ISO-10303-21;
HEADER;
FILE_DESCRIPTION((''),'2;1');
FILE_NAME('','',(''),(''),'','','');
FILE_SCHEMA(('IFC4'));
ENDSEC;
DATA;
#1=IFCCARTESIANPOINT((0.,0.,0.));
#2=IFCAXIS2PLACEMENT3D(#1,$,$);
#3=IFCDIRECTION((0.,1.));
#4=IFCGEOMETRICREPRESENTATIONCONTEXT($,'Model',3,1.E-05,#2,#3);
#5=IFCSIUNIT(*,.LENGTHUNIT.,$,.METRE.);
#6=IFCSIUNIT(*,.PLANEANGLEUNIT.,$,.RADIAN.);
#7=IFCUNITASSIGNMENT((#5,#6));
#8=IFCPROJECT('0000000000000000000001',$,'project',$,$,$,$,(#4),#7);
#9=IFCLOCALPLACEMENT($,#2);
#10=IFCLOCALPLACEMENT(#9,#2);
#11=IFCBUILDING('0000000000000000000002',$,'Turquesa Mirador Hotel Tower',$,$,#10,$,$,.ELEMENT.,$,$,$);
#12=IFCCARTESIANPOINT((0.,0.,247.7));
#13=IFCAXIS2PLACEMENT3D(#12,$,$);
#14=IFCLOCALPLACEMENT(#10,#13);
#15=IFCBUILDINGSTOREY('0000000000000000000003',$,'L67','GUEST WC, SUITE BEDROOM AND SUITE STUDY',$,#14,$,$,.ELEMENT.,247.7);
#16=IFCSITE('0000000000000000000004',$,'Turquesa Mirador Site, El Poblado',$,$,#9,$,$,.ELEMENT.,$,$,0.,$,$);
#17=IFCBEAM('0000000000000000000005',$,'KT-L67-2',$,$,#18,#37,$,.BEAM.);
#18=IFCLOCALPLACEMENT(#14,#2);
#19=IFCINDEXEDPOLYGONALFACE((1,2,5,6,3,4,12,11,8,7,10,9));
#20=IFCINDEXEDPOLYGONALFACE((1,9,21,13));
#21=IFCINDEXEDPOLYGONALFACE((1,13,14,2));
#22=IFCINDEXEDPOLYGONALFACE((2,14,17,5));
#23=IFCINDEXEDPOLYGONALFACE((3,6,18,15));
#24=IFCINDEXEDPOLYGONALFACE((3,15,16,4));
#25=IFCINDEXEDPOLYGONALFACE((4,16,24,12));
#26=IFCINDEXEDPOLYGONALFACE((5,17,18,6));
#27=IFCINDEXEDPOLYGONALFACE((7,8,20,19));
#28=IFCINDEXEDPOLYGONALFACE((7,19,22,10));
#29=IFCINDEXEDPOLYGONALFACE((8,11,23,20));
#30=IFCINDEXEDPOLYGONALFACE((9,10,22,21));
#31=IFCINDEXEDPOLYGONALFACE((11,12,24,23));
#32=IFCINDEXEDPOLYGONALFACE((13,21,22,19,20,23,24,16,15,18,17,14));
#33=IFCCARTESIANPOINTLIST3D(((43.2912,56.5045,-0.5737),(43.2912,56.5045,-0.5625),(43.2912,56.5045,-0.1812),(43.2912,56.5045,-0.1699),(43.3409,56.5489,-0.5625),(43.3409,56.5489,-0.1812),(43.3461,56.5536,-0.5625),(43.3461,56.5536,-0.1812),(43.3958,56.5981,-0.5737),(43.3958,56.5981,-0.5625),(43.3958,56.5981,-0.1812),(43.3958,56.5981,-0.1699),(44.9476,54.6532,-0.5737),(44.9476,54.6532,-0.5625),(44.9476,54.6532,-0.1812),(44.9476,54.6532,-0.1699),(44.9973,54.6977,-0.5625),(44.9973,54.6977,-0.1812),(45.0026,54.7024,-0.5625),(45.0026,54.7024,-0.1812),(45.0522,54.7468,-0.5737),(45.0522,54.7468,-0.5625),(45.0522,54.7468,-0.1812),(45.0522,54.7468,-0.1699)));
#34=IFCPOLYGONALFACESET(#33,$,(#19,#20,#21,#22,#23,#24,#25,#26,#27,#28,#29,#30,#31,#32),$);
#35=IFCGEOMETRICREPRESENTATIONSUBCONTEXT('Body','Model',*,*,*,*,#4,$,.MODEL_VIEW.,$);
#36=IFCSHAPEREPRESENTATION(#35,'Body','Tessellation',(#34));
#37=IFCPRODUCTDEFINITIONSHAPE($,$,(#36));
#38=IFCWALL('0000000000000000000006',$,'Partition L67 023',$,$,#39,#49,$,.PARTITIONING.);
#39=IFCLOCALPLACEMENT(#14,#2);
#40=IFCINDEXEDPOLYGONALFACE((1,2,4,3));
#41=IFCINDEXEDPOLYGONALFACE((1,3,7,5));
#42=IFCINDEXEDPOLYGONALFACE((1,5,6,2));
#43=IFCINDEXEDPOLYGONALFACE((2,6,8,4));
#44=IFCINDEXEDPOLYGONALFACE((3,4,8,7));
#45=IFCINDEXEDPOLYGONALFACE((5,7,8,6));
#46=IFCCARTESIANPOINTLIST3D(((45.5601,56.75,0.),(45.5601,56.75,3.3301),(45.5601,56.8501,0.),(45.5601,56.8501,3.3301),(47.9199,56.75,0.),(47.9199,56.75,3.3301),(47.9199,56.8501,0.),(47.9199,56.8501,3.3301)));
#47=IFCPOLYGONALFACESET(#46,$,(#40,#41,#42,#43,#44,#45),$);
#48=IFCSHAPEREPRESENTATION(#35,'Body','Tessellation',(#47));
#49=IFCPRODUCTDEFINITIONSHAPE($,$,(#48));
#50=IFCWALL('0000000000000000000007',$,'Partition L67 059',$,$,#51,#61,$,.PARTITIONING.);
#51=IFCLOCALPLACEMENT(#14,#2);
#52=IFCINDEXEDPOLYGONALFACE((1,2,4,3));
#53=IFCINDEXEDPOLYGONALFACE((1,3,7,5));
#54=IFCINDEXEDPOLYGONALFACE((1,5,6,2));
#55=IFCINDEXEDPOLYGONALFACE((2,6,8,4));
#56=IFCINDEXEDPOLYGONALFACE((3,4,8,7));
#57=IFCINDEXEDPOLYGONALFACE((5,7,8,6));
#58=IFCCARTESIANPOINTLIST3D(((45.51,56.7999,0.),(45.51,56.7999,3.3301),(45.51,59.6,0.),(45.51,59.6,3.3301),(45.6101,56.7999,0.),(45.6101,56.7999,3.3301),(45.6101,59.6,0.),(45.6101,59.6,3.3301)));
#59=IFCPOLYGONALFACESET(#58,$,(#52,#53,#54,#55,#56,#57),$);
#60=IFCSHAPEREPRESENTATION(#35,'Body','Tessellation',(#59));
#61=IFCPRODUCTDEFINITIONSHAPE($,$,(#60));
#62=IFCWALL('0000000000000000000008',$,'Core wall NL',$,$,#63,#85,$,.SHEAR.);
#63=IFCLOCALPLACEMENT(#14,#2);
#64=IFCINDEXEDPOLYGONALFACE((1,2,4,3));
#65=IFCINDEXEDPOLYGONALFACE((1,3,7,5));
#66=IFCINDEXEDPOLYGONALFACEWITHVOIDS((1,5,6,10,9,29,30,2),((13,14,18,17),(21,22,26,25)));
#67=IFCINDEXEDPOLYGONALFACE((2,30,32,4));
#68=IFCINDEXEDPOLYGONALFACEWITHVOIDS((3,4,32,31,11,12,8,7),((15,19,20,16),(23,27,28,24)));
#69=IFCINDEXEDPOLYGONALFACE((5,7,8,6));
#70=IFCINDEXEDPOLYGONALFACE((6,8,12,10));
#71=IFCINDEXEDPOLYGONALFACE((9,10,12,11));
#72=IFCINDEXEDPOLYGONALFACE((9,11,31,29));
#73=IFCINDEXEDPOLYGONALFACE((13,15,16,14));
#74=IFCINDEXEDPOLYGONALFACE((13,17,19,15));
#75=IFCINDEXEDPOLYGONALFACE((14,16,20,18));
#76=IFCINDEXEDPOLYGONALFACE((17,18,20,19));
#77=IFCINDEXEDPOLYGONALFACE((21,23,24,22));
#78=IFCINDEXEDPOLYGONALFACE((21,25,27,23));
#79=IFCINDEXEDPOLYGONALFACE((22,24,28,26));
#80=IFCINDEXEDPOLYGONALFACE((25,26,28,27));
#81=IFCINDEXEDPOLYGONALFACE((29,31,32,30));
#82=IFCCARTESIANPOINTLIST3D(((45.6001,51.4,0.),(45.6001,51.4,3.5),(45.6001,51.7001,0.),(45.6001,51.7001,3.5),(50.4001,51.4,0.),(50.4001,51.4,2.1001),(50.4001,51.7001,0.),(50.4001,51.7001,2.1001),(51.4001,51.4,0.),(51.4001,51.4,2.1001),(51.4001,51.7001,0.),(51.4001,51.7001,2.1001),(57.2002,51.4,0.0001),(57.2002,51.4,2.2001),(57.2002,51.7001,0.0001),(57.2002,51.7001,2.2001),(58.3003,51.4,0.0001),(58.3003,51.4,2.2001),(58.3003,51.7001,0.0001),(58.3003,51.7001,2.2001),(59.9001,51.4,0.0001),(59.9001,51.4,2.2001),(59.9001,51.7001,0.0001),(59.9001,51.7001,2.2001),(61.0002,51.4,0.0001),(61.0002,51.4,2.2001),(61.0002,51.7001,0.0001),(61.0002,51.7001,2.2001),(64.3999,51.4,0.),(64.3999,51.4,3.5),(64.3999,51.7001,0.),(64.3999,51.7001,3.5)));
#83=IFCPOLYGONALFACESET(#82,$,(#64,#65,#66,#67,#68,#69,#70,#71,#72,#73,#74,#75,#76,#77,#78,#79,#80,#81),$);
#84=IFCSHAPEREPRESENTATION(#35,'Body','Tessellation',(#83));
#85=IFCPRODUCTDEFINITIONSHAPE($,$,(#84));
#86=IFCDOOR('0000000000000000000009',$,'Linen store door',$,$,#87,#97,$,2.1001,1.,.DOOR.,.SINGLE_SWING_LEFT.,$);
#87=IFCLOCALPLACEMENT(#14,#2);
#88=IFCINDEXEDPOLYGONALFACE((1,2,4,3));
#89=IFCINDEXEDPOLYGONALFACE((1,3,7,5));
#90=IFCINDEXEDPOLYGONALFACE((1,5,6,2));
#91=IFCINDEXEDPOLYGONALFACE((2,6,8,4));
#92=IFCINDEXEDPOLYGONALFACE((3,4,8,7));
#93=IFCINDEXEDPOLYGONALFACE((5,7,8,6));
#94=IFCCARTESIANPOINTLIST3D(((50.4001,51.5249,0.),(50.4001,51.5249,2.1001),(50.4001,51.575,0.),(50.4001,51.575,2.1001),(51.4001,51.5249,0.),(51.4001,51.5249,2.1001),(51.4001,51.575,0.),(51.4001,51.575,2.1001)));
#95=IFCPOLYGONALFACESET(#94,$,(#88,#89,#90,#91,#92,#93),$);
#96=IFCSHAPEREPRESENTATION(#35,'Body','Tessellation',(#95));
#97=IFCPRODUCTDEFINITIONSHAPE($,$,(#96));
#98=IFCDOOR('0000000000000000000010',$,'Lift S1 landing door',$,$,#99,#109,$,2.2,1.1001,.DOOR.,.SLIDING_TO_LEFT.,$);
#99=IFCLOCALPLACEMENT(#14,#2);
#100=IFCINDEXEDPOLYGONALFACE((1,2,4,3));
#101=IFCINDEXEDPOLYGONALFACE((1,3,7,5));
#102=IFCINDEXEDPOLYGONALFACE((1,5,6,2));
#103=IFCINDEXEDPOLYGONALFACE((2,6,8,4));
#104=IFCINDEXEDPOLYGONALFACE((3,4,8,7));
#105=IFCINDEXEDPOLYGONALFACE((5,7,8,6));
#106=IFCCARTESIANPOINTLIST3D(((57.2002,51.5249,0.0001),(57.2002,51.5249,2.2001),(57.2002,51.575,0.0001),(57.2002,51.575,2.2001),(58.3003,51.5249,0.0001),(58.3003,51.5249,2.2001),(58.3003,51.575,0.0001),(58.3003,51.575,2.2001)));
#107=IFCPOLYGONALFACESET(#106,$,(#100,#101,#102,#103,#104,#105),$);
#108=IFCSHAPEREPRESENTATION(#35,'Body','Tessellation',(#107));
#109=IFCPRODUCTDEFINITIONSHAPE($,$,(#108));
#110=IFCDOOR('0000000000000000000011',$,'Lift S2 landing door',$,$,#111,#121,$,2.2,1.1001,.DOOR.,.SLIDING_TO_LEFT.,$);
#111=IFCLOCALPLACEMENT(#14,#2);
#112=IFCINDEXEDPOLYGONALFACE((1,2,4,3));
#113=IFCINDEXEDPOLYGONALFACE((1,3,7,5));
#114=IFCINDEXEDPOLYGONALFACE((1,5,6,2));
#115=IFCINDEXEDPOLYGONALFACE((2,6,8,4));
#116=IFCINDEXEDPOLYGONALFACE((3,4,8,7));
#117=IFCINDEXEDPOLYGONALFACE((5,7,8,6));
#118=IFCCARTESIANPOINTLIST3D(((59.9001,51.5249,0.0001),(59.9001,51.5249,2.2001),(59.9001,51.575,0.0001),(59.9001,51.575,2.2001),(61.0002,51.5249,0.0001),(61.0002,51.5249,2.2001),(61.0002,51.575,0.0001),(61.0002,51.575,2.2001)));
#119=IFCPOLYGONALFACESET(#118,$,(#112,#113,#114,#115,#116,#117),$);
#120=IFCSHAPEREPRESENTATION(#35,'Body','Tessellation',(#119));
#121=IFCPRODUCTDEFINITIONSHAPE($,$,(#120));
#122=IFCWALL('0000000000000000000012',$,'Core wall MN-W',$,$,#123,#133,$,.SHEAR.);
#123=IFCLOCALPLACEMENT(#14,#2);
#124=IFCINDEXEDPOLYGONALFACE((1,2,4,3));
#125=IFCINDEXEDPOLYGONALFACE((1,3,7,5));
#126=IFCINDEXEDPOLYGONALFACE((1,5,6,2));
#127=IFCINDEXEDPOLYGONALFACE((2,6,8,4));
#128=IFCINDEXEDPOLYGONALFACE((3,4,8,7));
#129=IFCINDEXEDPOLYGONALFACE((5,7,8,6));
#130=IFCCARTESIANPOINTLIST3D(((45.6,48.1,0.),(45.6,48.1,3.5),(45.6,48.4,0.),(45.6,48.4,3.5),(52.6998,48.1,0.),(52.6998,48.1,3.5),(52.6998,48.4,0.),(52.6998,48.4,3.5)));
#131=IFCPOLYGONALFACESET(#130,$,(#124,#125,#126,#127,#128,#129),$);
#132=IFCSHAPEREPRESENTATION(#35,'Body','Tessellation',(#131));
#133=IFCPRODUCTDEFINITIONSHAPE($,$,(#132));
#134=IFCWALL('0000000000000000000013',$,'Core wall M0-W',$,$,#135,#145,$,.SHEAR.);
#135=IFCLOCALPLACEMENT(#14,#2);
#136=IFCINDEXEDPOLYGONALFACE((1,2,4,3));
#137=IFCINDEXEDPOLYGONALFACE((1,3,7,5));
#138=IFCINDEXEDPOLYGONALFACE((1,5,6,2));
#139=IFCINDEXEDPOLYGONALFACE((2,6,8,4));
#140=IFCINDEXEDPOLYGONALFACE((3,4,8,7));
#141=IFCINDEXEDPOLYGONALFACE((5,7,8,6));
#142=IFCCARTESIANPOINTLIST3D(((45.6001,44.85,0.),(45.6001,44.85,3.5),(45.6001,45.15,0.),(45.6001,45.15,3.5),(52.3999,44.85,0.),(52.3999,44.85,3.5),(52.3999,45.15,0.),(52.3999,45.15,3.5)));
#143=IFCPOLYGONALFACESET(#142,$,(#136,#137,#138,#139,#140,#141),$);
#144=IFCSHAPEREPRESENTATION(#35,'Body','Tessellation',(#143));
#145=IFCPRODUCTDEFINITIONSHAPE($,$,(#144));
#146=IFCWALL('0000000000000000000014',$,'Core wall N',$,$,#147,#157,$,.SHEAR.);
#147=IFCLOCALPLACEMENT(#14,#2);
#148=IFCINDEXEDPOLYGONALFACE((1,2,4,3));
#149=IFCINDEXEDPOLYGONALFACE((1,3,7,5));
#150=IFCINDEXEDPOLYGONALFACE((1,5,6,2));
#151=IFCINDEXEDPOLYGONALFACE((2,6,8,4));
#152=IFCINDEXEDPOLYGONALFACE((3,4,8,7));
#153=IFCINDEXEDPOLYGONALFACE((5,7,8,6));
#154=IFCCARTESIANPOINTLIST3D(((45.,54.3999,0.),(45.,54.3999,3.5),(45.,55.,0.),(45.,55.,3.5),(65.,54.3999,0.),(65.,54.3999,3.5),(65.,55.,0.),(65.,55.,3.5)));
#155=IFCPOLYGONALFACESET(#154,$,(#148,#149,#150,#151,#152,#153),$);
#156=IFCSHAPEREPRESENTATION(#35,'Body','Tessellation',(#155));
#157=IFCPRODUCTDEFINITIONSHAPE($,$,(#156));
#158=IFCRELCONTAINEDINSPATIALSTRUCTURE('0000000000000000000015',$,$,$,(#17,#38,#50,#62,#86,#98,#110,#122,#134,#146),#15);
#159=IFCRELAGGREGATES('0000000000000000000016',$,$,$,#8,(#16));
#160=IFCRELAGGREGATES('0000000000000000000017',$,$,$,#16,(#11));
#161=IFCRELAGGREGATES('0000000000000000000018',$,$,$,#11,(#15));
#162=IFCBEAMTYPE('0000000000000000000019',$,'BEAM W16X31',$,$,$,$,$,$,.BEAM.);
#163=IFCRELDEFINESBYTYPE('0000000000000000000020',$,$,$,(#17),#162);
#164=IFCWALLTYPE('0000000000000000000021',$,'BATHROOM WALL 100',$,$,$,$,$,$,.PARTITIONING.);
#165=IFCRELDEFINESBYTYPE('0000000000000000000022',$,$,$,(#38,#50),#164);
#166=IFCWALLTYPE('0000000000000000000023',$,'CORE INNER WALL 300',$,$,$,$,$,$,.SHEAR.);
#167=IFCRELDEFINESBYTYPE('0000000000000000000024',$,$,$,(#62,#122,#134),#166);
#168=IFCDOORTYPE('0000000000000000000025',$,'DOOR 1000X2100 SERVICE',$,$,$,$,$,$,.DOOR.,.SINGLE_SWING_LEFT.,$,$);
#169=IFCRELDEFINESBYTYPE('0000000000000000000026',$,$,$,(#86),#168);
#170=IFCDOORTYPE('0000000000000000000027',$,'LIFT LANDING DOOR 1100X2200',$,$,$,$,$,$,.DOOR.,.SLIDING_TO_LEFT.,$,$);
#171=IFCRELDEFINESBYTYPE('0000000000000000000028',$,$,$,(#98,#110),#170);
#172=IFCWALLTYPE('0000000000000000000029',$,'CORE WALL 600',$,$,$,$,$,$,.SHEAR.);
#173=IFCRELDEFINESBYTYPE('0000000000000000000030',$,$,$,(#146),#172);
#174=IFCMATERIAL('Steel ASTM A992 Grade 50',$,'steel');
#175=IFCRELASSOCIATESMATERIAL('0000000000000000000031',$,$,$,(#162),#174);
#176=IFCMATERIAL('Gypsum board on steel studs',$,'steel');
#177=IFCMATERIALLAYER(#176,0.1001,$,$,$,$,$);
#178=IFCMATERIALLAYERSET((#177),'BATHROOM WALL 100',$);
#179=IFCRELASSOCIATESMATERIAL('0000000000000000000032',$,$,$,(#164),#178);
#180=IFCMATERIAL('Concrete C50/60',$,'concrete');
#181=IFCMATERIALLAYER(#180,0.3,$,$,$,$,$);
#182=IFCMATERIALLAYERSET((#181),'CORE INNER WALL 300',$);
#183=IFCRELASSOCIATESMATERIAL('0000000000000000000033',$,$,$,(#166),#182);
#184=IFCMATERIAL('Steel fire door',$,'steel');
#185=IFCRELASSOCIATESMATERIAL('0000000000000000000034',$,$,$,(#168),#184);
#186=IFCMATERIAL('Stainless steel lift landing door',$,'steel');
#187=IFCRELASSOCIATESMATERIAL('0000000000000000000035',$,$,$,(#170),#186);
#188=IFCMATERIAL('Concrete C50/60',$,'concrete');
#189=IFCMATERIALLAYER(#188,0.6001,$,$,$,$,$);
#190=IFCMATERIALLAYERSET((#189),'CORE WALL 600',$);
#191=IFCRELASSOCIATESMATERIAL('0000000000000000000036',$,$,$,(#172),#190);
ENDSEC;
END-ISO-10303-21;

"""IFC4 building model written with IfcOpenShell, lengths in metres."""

from ifc_helpers import new_model, si_unit, direction, frame, frame_2d, origin, origin_2d, place, context, subcontext, project, spatial, rectangle, i_section, extrude, material, layer, layer_set, material_profile, profile_set, type_object, element, fill, save


model = new_model("IFC4")

# Units and contexts
model_context = context("Model", 3, precision=1e-05, world=origin(), true_north=direction((0.0, 1.0)))
body_context = subcontext(model_context, "Body", "Model", "MODEL_VIEW")
ifc_project = project(units=[si_unit("LENGTHUNIT", "METRE"), si_unit("PLANEANGLEUNIT", "RADIAN")], contexts=[model_context])

# Site, building, storey
site_placement = place(None, origin())
site = spatial("IfcSite", under=ifc_project, at=site_placement, Name="Turquesa Mirador Site, El Poblado", CompositionType="ELEMENT", RefElevation=0.0)
building_placement = place(site_placement, origin())
building = spatial("IfcBuilding", under=site, at=building_placement, Name="Turquesa Mirador Hotel Tower", CompositionType="ELEMENT")
storey_placement = place(building_placement, frame((0.0, 0.0, 247.7)))
storey = spatial("IfcBuildingStorey", under=building, at=storey_placement, Name="L67", Description="GUEST WC, SUITE BEDROOM AND SUITE STUDY", CompositionType="ELEMENT", Elevation=247.7)

# Beam
ifc_material_1 = material(Name="Steel ASTM A992 Grade 50", Category="steel")
ifc_material_profile = material_profile(ifc_material_1, i_section(OverallWidth=0.1404, OverallDepth=0.4038, WebThickness=0.0071, FlangeThickness=0.0112, at=origin_2d()), Name="W16X31")
ifc_profile_set = profile_set([ifc_material_profile], Name="Steel ASTM A992 Grade 50")
beam_type = type_object("IfcBeamType", Name="BEAM W16X31", PredefinedType="BEAM", material=ifc_profile_set)
beam_placement = place(storey_placement, frame((43.3435, 56.5513, -0.3718), z_axis=(0.666806, -0.745231, 0.0), x_axis=(0.745231, 0.666806, 0.0)))
element("IfcBeam", 1, at=beam_placement, inside=storey, type_object=beam_type, Name="KT-L67-2", PredefinedType="BEAM", context=body_context, shape_type="SweptSolid", body=[
    extrude(i_section(OverallWidth=0.1404, OverallDepth=0.4038, WebThickness=0.0071, FlangeThickness=0.0112, at=origin_2d()), origin(), (0.0, 0.0, 1.0), 2.4841),
])

# Walls
ifc_material_2 = material(Name="Gypsum board on steel studs", Category="steel")
ifc_layer_1 = layer(ifc_material_2, 0.1001)
ifc_layer_set_1 = layer_set([ifc_layer_1], Name="BATHROOM WALL 100")
wall_type_1 = type_object("IfcWallType", Name="BATHROOM WALL 100", PredefinedType="PARTITIONING", material=ifc_layer_set_1)
wall_1_placement = place(storey_placement, frame((45.5601, 56.8, 0.0), z_axis=(0.0, 0.0, 1.0), x_axis=(1.0, 0.0, 0.0)))
element("IfcWall", 2, at=wall_1_placement, inside=storey, type_object=wall_type_1, Name="Partition L67 023", PredefinedType="PARTITIONING", context=body_context, shape_type="SweptSolid", body=[
    extrude(rectangle(XDim=2.3599, YDim=0.1001, at=frame_2d((1.1799, 0.0))), origin(), (0.0, 0.0, 1.0), 3.3301),
])
wall_2_placement = place(storey_placement, frame((45.5601, 56.8, 0.0), z_axis=(0.0, 0.0, 1.0), x_axis=(0.0, 1.0, 0.0)))
element("IfcWall", 3, at=wall_2_placement, inside=storey, type_object=wall_type_1, Name="Partition L67 059", PredefinedType="PARTITIONING", context=body_context, shape_type="SweptSolid", body=[
    extrude(rectangle(XDim=2.8, YDim=0.1001, at=frame_2d((1.3999, 0.0))), origin(), (0.0, 0.0, 1.0), 3.3301),
])

# Wall, openings, doors
ifc_material_3 = material(Name="Concrete C50/60", Category="concrete")
ifc_layer_2 = layer(ifc_material_3, 0.3)
ifc_layer_set_2 = layer_set([ifc_layer_2], Name="CORE INNER WALL 300")
wall_type_2 = type_object("IfcWallType", Name="CORE INNER WALL 300", PredefinedType="SHEAR", material=ifc_layer_set_2)
wall_3_placement = place(storey_placement, frame((45.6001, 51.55, 0.0), z_axis=(0.0, 0.0, 1.0), x_axis=(1.0, 0.0, 0.0)))
wall_3 = element("IfcWall", 4, at=wall_3_placement, inside=storey, type_object=wall_type_2, Name="Core wall NL", PredefinedType="SHEAR", context=body_context, shape_type="SweptSolid", body=[
    extrude(rectangle(XDim=18.7998, YDim=0.3, at=frame_2d((9.3999, 0.0))), origin(), (0.0, 0.0, 1.0), 3.5),
])
opening_1_placement = place(wall_3_placement, frame((4.8, 0.0, 0.0)))
opening_1 = element("IfcOpeningElement", 5, at=opening_1_placement, cuts=wall_3, PredefinedType="OPENING", context=body_context, shape_type="SweptSolid", body=[
    extrude(rectangle(XDim=1.0, YDim=2.1001, at=frame_2d((0.5, 1.05))), frame((0.0, 0.1599, 0.0), z_axis=(0.0, -1.0, 0.0), x_axis=(1.0, 0.0, 0.0)), (0.0, 0.0, 1.0), 0.3201),
])
opening_2_placement = place(wall_3_placement, frame((11.6001, 0.0, 0.0)))
opening_2 = element("IfcOpeningElement", 6, at=opening_2_placement, cuts=wall_3, PredefinedType="OPENING", context=body_context, shape_type="SweptSolid", body=[
    extrude(rectangle(XDim=1.1001, YDim=2.2, at=frame_2d((0.55, 1.1001))), frame((0.0, 0.1599, 0.0), z_axis=(0.0, -1.0, 0.0), x_axis=(1.0, 0.0, 0.0)), (0.0, 0.0, 1.0), 0.3201),
])
opening_3_placement = place(wall_3_placement, frame((14.3, 0.0, 0.0)))
opening_3 = element("IfcOpeningElement", 7, at=opening_3_placement, cuts=wall_3, PredefinedType="OPENING", context=body_context, shape_type="SweptSolid", body=[
    extrude(rectangle(XDim=1.1001, YDim=2.2, at=frame_2d((0.55, 1.1001))), frame((0.0, 0.1599, 0.0), z_axis=(0.0, -1.0, 0.0), x_axis=(1.0, 0.0, 0.0)), (0.0, 0.0, 1.0), 0.3201),
])
ifc_material_4 = material(Name="Steel fire door", Category="steel")
door_type_1 = type_object("IfcDoorType", Name="DOOR 1000X2100 SERVICE", OperationType="SINGLE_SWING_LEFT", PredefinedType="DOOR", material=ifc_material_4)
door_1_placement = place(opening_1_placement, origin())
door_1 = element("IfcDoor", 8, at=door_1_placement, inside=storey, type_object=door_type_1, Name="Linen store door", OperationType="SINGLE_SWING_LEFT", OverallHeight=2.1001, OverallWidth=1.0, PredefinedType="DOOR", context=body_context, shape_type="SweptSolid", body=[
    extrude(rectangle(XDim=1.0, YDim=2.1001, at=frame_2d((0.5, 1.05))), frame((0.0, 0.0249, 0.0), z_axis=(0.0, -1.0, 0.0), x_axis=(1.0, 0.0, 0.0)), (0.0, 0.0, 1.0), 0.05),
])
fill(opening_1, door_1)
ifc_material_5 = material(Name="Stainless steel lift landing door", Category="steel")
door_type_2 = type_object("IfcDoorType", Name="LIFT LANDING DOOR 1100X2200", OperationType="SLIDING_TO_LEFT", PredefinedType="DOOR", material=ifc_material_5)
door_2_placement = place(opening_2_placement, origin())
door_2 = element("IfcDoor", 9, at=door_2_placement, inside=storey, type_object=door_type_2, Name="Lift S1 landing door", OperationType="SLIDING_TO_LEFT", OverallHeight=2.2, OverallWidth=1.1001, PredefinedType="DOOR", context=body_context, shape_type="SweptSolid", body=[
    extrude(rectangle(XDim=1.1001, YDim=2.2, at=frame_2d((0.55, 1.1001))), frame((0.0, 0.0249, 0.0), z_axis=(0.0, -1.0, 0.0), x_axis=(1.0, 0.0, 0.0)), (0.0, 0.0, 1.0), 0.05),
])
fill(opening_2, door_2)
door_3_placement = place(opening_3_placement, origin())
door_3 = element("IfcDoor", 10, at=door_3_placement, inside=storey, type_object=door_type_2, Name="Lift S2 landing door", OperationType="SLIDING_TO_LEFT", OverallHeight=2.2, OverallWidth=1.1001, PredefinedType="DOOR", context=body_context, shape_type="SweptSolid", body=[
    extrude(rectangle(XDim=1.1001, YDim=2.2, at=frame_2d((0.55, 1.1001))), frame((0.0, 0.0249, 0.0), z_axis=(0.0, -1.0, 0.0), x_axis=(1.0, 0.0, 0.0)), (0.0, 0.0, 1.0), 0.05),
])
fill(opening_3, door_3)

# Walls
wall_4_placement = place(storey_placement, frame((45.6001, 48.25, 0.0), z_axis=(0.0, 0.0, 1.0), x_axis=(1.0, 0.0, 0.0)))
element("IfcWall", 11, at=wall_4_placement, inside=storey, type_object=wall_type_2, Name="Core wall MN-W", PredefinedType="SHEAR", context=body_context, shape_type="SweptSolid", body=[
    extrude(rectangle(XDim=7.0999, YDim=0.3, at=frame_2d((3.5498, 0.0))), origin(), (0.0, 0.0, 1.0), 3.5),
])
wall_5_placement = place(storey_placement, frame((45.6001, 45.0, 0.0), z_axis=(0.0, 0.0, 1.0), x_axis=(1.0, 0.0, 0.0)))
element("IfcWall", 12, at=wall_5_placement, inside=storey, type_object=wall_type_2, Name="Core wall M0-W", PredefinedType="SHEAR", context=body_context, shape_type="SweptSolid", body=[
    extrude(rectangle(XDim=6.7998, YDim=0.3, at=frame_2d((3.3999, 0.0))), origin(), (0.0, 0.0, 1.0), 3.5),
])
ifc_material_6 = material(Name="Concrete C50/60", Category="concrete")
ifc_layer_3 = layer(ifc_material_6, 0.6001)
ifc_layer_set_3 = layer_set([ifc_layer_3], Name="CORE WALL 600")
wall_type_3 = type_object("IfcWallType", Name="CORE WALL 600", PredefinedType="SHEAR", material=ifc_layer_set_3)
wall_6_placement = place(storey_placement, frame((45.0, 54.7, 0.0), z_axis=(0.0, 0.0, 1.0), x_axis=(1.0, 0.0, 0.0)))
element("IfcWall", 13, at=wall_6_placement, inside=storey, type_object=wall_type_3, Name="Core wall N", PredefinedType="SHEAR", context=body_context, shape_type="SweptSolid", body=[
    extrude(rectangle(XDim=20.0, YDim=0.6001, at=frame_2d((10.0, 0.0))), origin(), (0.0, 0.0, 1.0), 3.5),
])

save(model, "model.ifc")
